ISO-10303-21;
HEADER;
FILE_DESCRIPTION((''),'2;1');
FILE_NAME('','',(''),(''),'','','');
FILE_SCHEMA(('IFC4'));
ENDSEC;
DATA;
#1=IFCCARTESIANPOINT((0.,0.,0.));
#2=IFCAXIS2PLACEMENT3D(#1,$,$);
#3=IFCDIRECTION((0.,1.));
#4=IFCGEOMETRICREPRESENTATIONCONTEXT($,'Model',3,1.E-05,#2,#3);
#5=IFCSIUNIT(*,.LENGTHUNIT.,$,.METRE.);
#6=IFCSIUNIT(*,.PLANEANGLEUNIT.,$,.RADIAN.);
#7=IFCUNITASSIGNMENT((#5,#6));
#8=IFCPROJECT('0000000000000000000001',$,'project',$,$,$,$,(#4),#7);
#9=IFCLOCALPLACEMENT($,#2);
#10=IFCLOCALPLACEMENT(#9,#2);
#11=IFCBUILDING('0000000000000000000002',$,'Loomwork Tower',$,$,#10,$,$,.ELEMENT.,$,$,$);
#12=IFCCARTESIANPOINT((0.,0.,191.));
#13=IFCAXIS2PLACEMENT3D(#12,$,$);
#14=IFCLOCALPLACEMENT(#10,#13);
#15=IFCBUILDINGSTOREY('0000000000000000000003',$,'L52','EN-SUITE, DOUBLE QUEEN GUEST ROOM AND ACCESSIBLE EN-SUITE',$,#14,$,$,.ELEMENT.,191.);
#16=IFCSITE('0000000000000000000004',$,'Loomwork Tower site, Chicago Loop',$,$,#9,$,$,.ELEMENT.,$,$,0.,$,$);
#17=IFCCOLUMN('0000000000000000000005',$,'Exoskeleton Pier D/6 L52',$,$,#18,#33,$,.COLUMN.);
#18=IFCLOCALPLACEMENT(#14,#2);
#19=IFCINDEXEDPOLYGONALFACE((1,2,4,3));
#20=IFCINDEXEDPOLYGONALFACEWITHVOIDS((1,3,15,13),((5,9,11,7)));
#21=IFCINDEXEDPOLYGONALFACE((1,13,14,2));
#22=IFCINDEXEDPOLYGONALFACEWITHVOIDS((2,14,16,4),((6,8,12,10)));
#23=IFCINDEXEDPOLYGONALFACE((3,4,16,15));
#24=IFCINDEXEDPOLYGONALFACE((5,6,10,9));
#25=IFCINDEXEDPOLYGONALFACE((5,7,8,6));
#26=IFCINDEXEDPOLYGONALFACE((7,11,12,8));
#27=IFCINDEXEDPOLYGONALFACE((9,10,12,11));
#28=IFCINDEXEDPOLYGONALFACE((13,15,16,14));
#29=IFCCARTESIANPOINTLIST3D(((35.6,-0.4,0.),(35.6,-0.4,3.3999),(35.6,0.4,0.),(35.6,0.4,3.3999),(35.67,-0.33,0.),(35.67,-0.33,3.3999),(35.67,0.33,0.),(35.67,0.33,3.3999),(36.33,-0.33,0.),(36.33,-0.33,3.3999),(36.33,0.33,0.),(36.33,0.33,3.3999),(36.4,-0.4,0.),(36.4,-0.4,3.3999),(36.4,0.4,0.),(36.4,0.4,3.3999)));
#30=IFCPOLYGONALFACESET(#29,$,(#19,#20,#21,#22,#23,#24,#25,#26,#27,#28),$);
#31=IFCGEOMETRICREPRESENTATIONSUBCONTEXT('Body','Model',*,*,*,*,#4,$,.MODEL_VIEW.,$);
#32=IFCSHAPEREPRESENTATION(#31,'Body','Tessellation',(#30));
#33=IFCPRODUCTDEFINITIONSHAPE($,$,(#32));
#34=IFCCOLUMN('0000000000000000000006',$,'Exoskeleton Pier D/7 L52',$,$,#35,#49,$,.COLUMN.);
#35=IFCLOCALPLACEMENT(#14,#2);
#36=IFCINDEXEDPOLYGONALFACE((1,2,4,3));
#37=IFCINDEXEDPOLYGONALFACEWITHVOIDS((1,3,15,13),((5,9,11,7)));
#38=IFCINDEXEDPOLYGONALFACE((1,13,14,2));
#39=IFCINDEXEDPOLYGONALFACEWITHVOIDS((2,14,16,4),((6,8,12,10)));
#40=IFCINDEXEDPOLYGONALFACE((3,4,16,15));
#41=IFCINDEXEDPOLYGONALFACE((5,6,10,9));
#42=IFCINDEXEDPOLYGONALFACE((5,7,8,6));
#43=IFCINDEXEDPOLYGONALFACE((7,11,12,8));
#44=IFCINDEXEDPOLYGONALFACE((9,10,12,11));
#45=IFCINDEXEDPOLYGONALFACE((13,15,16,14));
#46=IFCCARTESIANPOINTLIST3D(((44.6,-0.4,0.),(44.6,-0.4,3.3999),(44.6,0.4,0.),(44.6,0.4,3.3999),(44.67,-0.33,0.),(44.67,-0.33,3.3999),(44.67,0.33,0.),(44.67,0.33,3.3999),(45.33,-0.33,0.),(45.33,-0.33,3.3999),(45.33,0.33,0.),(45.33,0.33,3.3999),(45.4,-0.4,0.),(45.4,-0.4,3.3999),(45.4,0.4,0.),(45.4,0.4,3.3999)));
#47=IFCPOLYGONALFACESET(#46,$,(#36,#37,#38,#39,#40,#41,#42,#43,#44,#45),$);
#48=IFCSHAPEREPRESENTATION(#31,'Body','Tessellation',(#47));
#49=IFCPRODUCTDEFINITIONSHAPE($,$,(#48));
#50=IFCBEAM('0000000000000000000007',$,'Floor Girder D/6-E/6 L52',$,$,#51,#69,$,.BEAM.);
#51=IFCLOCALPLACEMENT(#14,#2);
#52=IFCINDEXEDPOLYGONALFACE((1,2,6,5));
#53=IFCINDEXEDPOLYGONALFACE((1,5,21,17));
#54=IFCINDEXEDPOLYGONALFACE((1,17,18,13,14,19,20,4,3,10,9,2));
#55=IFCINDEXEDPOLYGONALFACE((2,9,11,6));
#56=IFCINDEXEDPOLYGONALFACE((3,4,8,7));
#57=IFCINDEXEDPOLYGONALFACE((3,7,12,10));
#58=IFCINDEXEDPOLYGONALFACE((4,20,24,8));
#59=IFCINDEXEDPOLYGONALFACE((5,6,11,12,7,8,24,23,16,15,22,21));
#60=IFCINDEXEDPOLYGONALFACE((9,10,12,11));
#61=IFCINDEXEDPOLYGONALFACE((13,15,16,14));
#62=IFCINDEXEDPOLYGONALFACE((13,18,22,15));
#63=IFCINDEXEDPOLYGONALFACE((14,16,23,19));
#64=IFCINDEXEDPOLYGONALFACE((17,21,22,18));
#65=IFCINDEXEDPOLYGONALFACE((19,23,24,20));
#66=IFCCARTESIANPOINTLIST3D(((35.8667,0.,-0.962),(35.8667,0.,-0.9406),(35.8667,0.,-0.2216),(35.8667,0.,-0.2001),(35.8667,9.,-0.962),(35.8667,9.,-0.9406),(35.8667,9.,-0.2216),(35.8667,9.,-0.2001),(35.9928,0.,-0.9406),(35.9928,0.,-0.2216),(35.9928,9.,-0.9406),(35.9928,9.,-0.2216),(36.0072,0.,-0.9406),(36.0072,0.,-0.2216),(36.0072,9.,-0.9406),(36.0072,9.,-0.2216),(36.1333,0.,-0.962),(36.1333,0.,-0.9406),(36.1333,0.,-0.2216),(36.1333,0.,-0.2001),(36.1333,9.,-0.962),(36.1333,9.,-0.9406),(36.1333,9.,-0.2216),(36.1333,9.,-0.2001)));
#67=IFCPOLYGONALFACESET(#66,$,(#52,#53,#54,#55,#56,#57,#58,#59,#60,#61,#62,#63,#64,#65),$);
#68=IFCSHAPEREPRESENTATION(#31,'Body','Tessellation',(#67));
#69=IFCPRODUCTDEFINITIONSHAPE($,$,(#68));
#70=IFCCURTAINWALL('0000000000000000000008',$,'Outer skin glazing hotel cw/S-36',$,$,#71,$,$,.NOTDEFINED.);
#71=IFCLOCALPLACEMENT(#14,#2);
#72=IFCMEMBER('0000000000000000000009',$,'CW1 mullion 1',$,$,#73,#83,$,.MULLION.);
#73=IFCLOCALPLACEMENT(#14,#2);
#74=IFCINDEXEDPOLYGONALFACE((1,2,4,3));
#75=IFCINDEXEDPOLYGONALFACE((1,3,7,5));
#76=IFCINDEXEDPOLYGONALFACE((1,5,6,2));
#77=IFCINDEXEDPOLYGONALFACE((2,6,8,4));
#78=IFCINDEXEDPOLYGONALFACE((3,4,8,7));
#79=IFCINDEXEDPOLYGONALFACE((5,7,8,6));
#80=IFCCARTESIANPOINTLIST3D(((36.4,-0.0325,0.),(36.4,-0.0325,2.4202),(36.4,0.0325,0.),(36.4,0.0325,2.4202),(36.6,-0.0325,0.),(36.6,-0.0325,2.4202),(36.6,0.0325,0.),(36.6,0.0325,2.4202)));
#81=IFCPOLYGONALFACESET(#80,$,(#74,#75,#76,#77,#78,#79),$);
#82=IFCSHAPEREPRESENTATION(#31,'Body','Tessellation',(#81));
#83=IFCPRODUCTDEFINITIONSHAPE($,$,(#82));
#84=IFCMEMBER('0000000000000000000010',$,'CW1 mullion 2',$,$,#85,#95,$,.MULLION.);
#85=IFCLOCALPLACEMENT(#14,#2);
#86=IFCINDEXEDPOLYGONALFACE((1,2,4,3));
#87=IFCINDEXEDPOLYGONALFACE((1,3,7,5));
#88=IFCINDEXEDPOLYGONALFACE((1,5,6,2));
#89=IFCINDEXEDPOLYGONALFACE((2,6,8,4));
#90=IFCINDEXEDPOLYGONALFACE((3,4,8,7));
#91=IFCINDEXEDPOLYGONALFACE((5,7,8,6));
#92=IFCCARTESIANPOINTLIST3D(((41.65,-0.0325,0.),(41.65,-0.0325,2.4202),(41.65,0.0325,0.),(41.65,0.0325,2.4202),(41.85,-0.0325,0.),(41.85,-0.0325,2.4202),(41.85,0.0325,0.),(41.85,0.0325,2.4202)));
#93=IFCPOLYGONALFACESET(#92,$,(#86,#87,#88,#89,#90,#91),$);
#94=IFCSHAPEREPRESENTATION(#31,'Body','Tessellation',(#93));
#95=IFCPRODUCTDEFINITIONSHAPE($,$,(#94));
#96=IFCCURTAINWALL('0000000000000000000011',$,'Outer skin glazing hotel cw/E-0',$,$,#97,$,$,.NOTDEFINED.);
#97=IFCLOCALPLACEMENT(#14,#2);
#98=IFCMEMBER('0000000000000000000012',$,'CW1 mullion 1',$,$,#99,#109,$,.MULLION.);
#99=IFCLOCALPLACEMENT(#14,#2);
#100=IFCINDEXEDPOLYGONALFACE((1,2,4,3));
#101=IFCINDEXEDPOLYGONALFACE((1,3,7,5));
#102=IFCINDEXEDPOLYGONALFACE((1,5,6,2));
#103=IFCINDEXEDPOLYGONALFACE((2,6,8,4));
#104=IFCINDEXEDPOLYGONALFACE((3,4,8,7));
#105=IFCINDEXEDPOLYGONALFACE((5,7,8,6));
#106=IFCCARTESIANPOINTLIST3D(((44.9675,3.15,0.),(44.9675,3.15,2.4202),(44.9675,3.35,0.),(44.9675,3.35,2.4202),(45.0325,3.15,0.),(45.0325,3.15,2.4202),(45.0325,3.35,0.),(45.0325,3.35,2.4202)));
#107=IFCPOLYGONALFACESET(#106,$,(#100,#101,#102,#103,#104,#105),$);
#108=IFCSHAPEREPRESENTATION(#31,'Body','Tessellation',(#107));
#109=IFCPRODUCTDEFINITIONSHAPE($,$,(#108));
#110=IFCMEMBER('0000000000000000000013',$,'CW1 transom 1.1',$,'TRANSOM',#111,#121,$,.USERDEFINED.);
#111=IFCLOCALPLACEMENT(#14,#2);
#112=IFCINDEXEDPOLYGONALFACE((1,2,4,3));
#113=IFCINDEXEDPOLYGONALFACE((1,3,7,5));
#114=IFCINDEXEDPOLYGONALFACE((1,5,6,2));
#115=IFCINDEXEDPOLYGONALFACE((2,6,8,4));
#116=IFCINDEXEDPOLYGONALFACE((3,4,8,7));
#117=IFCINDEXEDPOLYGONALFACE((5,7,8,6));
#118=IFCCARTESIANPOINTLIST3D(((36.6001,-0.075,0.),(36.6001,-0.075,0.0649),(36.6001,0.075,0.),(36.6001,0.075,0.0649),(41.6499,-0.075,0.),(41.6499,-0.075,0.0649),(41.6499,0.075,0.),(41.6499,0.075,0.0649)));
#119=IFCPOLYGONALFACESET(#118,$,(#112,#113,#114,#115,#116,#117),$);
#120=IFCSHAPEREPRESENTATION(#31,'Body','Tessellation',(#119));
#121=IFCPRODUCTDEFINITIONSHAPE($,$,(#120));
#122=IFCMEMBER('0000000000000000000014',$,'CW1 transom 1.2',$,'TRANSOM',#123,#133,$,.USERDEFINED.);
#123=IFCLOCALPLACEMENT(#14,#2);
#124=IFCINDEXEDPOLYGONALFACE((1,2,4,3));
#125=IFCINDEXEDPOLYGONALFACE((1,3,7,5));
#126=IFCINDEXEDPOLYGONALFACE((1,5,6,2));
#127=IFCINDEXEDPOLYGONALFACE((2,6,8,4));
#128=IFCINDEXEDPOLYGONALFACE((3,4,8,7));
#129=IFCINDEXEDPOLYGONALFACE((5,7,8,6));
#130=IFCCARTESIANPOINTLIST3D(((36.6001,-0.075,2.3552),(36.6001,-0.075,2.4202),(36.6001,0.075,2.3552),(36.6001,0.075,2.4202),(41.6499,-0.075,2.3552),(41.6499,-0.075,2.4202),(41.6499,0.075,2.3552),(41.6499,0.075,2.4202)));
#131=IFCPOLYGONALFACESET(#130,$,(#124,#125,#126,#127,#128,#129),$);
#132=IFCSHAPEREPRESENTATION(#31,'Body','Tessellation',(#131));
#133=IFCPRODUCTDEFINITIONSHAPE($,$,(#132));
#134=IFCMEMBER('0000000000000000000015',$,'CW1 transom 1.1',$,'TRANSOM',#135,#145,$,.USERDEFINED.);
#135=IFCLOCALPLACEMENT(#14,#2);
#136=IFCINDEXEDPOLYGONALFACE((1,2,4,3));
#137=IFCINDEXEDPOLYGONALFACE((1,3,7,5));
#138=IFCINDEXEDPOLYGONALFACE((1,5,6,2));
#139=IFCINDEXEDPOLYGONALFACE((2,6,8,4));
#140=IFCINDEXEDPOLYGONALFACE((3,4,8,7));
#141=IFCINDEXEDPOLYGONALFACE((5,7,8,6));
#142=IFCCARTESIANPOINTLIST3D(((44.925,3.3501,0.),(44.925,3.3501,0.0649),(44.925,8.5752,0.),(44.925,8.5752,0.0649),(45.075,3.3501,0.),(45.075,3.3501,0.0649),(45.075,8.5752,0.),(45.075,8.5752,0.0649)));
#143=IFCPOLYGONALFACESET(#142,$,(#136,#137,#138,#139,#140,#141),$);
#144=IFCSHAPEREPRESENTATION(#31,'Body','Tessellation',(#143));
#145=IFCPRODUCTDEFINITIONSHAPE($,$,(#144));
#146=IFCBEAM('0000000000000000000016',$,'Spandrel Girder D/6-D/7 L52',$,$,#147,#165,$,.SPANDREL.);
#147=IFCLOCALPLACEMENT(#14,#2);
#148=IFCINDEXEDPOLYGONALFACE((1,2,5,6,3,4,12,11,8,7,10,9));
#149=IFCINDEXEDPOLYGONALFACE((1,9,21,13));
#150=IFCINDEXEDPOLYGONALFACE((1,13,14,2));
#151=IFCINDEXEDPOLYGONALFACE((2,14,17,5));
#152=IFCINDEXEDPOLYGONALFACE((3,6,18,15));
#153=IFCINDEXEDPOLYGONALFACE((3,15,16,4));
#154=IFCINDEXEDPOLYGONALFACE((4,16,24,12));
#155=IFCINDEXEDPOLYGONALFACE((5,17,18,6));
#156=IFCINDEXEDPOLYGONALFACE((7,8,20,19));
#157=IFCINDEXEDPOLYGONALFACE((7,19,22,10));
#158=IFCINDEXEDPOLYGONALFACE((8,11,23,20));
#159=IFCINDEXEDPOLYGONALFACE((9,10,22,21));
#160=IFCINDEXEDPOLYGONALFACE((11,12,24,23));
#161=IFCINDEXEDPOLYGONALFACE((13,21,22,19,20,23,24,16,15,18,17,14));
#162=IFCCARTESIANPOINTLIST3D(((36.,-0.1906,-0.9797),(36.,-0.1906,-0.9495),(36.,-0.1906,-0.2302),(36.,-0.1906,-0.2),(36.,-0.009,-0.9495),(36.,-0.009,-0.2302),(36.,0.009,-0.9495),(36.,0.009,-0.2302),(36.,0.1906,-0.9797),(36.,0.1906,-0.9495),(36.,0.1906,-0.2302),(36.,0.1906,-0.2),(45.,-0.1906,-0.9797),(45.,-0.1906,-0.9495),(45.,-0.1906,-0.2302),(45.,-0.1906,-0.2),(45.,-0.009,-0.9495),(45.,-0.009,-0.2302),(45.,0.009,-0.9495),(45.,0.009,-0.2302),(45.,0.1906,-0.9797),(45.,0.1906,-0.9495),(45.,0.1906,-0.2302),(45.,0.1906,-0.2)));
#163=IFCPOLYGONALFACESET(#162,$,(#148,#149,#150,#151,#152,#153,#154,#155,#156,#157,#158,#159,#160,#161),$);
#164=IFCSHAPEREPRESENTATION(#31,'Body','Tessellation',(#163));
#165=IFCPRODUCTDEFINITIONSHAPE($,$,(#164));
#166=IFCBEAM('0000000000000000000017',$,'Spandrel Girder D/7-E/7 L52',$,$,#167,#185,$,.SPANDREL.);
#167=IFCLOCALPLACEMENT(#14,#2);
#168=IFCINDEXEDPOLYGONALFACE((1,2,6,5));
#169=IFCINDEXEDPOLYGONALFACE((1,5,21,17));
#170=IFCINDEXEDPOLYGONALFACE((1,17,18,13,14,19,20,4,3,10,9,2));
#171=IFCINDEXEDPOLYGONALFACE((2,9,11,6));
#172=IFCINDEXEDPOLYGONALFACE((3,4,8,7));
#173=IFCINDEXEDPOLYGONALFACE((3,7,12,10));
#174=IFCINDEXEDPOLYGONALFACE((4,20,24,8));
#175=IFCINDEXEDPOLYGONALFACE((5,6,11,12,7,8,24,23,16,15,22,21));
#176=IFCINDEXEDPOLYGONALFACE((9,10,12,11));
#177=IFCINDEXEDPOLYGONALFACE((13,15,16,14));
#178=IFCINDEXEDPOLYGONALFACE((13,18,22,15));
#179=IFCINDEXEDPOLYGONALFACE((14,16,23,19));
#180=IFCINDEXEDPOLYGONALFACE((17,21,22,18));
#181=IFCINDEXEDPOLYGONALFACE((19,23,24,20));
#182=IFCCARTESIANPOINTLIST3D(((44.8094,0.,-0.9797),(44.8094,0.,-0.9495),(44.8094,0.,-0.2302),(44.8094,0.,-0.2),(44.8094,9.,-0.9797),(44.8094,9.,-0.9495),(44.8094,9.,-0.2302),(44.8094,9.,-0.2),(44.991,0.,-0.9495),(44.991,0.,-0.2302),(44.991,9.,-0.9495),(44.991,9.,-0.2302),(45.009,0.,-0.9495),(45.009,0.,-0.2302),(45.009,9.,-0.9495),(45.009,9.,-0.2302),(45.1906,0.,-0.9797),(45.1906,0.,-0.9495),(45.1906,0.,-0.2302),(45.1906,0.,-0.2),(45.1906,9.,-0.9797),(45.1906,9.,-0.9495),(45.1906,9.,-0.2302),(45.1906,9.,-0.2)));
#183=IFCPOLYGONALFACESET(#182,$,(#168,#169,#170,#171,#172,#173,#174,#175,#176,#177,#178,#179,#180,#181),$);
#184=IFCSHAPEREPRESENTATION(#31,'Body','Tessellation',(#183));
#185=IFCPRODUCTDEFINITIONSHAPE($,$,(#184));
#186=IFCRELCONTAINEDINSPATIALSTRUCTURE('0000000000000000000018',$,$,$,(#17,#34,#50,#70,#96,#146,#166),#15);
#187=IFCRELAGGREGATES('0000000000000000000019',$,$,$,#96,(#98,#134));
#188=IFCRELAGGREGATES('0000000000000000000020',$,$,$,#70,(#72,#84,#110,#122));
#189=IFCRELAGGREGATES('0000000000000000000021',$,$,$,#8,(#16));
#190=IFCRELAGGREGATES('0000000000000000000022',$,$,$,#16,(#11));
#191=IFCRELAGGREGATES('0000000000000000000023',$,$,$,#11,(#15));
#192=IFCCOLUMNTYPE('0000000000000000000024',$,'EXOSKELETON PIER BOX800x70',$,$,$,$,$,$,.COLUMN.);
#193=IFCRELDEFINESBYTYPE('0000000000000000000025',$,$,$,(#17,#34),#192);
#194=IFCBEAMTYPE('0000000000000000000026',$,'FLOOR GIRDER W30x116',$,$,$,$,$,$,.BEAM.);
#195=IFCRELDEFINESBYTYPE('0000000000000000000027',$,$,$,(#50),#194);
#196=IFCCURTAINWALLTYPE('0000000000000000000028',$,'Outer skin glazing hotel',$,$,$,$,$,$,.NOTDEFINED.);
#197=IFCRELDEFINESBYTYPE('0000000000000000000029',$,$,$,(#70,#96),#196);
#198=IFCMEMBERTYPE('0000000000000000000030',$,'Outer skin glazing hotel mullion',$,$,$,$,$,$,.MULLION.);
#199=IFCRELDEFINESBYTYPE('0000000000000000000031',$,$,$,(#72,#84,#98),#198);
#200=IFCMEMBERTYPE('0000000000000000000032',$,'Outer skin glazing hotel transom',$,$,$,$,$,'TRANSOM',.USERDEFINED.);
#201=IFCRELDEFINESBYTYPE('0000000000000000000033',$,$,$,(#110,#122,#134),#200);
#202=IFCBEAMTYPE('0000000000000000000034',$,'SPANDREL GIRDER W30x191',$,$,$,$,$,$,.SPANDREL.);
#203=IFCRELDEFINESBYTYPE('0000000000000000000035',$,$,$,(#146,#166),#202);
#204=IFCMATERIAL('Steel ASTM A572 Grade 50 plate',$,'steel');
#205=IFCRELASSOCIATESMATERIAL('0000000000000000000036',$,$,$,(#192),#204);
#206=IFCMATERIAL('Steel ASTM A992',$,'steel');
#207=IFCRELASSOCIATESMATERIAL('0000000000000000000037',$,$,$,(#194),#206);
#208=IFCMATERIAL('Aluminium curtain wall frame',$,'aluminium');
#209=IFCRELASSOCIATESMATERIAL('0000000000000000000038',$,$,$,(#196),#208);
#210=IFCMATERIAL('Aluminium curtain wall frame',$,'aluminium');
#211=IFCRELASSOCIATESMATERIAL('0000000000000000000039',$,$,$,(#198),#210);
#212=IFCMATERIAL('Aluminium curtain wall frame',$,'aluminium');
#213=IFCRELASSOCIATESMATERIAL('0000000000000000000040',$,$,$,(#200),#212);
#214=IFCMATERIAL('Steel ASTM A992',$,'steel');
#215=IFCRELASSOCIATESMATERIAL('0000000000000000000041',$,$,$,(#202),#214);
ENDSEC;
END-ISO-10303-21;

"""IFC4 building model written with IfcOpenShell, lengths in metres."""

from ifc_helpers import new_model, si_unit, direction, frame, origin, origin_2d, place, context, subcontext, project, spatial, rectangle, hollow_rectangle, i_section, extrude, material, material_profile, profile_set, type_object, element, aggregate, save


model = new_model("IFC4")

# Units and contexts
model_context = context("Model", 3, precision=1e-05, world=origin(), true_north=direction((0.0, 1.0)))
body_context = subcontext(model_context, "Body", "Model", "MODEL_VIEW")
ifc_project = project(units=[si_unit("LENGTHUNIT", "METRE"), si_unit("PLANEANGLEUNIT", "RADIAN")], contexts=[model_context])

# Site, building, storey
site_placement = place(None, origin())
site = spatial("IfcSite", under=ifc_project, at=site_placement, Name="Loomwork Tower site, Chicago Loop", CompositionType="ELEMENT", RefElevation=0.0)
building_placement = place(site_placement, origin())
building = spatial("IfcBuilding", under=site, at=building_placement, Name="Loomwork Tower", CompositionType="ELEMENT")
storey_placement = place(building_placement, frame((0.0, 0.0, 191.0)))
storey = spatial("IfcBuildingStorey", under=building, at=storey_placement, Name="L52", Description="EN-SUITE, DOUBLE QUEEN GUEST ROOM AND ACCESSIBLE EN-SUITE", CompositionType="ELEMENT", Elevation=191.0)

# Columns
ifc_material_1 = material(Name="Steel ASTM A572 Grade 50 plate", Category="steel")
ifc_material_profile_1 = material_profile(ifc_material_1, hollow_rectangle(XDim=0.8, YDim=0.8, WallThickness=0.0701, at=origin_2d()), Name="BOX800x70")
ifc_profile_set_1 = profile_set([ifc_material_profile_1], Name="Steel ASTM A572 Grade 50 plate")
column_type = type_object("IfcColumnType", Name="EXOSKELETON PIER BOX800x70", PredefinedType="COLUMN", material=ifc_profile_set_1)
for number, where, z_axis, x_axis, name in (
    (1, (36.0, 0.0, 0.0), (0.0, 0.0, 1.0), (1.0, 0.0, 0.0), "Exoskeleton Pier D/6 L52"),
    (2, (45.0, 0.0, 0.0), (0.0, 0.0, 1.0), (1.0, 0.0, 0.0), "Exoskeleton Pier D/7 L52"),
):
    element("IfcColumn", number, at=place(storey_placement, frame(where, z_axis=z_axis, x_axis=x_axis)), inside=storey, type_object=column_type, Name=name, PredefinedType="COLUMN", context=body_context, shape_type="SweptSolid", body=[
        extrude(hollow_rectangle(XDim=0.8, YDim=0.8, WallThickness=0.0701, at=origin_2d()), origin(), (0.0, 0.0, 1.0), 3.3999),
    ])

# Beam
ifc_material_2 = material(Name="Steel ASTM A992", Category="steel")
ifc_material_profile_2 = material_profile(ifc_material_2, i_section(OverallWidth=0.2666, OverallDepth=0.762, WebThickness=0.0144, FlangeThickness=0.0215, at=origin_2d()), Name="W30x116")
ifc_profile_set_2 = profile_set([ifc_material_profile_2], Name="Steel ASTM A992")
beam_type_1 = type_object("IfcBeamType", Name="FLOOR GIRDER W30x116", PredefinedType="BEAM", material=ifc_profile_set_2)
beam_placement = place(storey_placement, frame((36.0, 0.0, -0.5811), z_axis=(0.0, 1.0, 0.0), x_axis=(-1.0, 0.0, 0.0)))
element("IfcBeam", 3, at=beam_placement, inside=storey, type_object=beam_type_1, Name="Floor Girder D/6-E/6 L52", PredefinedType="BEAM", context=body_context, shape_type="SweptSolid", body=[
    extrude(i_section(OverallWidth=0.2666, OverallDepth=0.762, WebThickness=0.0144, FlangeThickness=0.0215, at=origin_2d()), origin(), (0.0, 0.0, 1.0), 9.0),
])

# Curtain wall, members
ifc_material_3 = material(Name="Aluminium curtain wall frame", Category="aluminium")
curtain_wall_type = type_object("IfcCurtainWallType", Name="Outer skin glazing hotel", PredefinedType="NOTDEFINED", material=ifc_material_3)
curtain_wall_1_placement = place(storey_placement, origin())
curtain_wall_1 = element("IfcCurtainWall", 4, at=curtain_wall_1_placement, inside=storey, type_object=curtain_wall_type, Name="Outer skin glazing hotel cw/S-36", PredefinedType="NOTDEFINED")
ifc_material_4 = material(Name="Aluminium curtain wall frame", Category="aluminium")
ifc_material_profile_3 = material_profile(ifc_material_4, rectangle(XDim=0.0649, YDim=0.2, at=origin_2d()), Name="AL 65x200")
ifc_profile_set_3 = profile_set([ifc_material_profile_3], Name="Aluminium curtain wall frame")
member_type_1 = type_object("IfcMemberType", Name="Outer skin glazing hotel mullion", PredefinedType="MULLION", material=ifc_profile_set_3)
member_1_placement = place(storey_placement, frame((36.5, 0.0, 0.0), z_axis=(0.0, 0.0, 1.0), x_axis=(0.0, 1.0, 0.0)))
member_1 = element("IfcMember", 5, at=member_1_placement, type_object=member_type_1, Name="CW1 mullion 1", PredefinedType="MULLION", context=body_context, shape_type="SweptSolid", body=[
    extrude(rectangle(XDim=0.0649, YDim=0.2, at=origin_2d()), origin(), (0.0, 0.0, 1.0), 2.4202),
])
member_2_placement = place(storey_placement, frame((41.75, 0.0, 0.0), z_axis=(0.0, 0.0, 1.0), x_axis=(0.0, 1.0, 0.0)))
member_2 = element("IfcMember", 6, at=member_2_placement, type_object=member_type_1, Name="CW1 mullion 2", PredefinedType="MULLION", context=body_context, shape_type="SweptSolid", body=[
    extrude(rectangle(XDim=0.0649, YDim=0.2, at=origin_2d()), origin(), (0.0, 0.0, 1.0), 2.4202),
])

# Curtain wall, member
curtain_wall_2_placement = place(storey_placement, origin())
curtain_wall_2 = element("IfcCurtainWall", 7, at=curtain_wall_2_placement, inside=storey, type_object=curtain_wall_type, Name="Outer skin glazing hotel cw/E-0", PredefinedType="NOTDEFINED")
member_3_placement = place(storey_placement, frame((45.0, 3.25, 0.0), z_axis=(0.0, 0.0, 1.0), x_axis=(-1.0, 0.0, 0.0)))
member_3 = element("IfcMember", 8, at=member_3_placement, type_object=member_type_1, Name="CW1 mullion 1", PredefinedType="MULLION", context=body_context, shape_type="SweptSolid", body=[
    extrude(rectangle(XDim=0.0649, YDim=0.2, at=origin_2d()), origin(), (0.0, 0.0, 1.0), 2.4202),
])

# Members
ifc_material_5 = material(Name="Aluminium curtain wall frame", Category="aluminium")
ifc_material_profile_4 = material_profile(ifc_material_5, rectangle(XDim=0.1499, YDim=0.0649, at=origin_2d()), Name="AL 65x150")
ifc_profile_set_4 = profile_set([ifc_material_profile_4], Name="Aluminium curtain wall frame")
member_type_2 = type_object("IfcMemberType", Name="Outer skin glazing hotel transom", ElementType="TRANSOM", PredefinedType="USERDEFINED", material=ifc_profile_set_4)
member_4_placement = place(storey_placement, frame((36.6001, 0.0, 0.0325), z_axis=(1.0, 0.0, 0.0), x_axis=(0.0, 1.0, 0.0)))
member_4 = element("IfcMember", 9, at=member_4_placement, type_object=member_type_2, Name="CW1 transom 1.1", ObjectType="TRANSOM", PredefinedType="USERDEFINED", context=body_context, shape_type="SweptSolid", body=[
    extrude(rectangle(XDim=0.1499, YDim=0.0649, at=origin_2d()), origin(), (0.0, 0.0, 1.0), 5.0498),
])
member_5_placement = place(storey_placement, frame((36.6001, 0.0, 2.3877), z_axis=(1.0, 0.0, 0.0), x_axis=(0.0, 1.0, 0.0)))
member_5 = element("IfcMember", 10, at=member_5_placement, type_object=member_type_2, Name="CW1 transom 1.2", ObjectType="TRANSOM", PredefinedType="USERDEFINED", context=body_context, shape_type="SweptSolid", body=[
    extrude(rectangle(XDim=0.1499, YDim=0.0649, at=origin_2d()), origin(), (0.0, 0.0, 1.0), 5.0498),
])
member_6_placement = place(storey_placement, frame((45.0, 3.3501, 0.0325), z_axis=(0.0, 1.0, 0.0), x_axis=(-1.0, 0.0, 0.0)))
member_6 = element("IfcMember", 11, at=member_6_placement, type_object=member_type_2, Name="CW1 transom 1.1", ObjectType="TRANSOM", PredefinedType="USERDEFINED", context=body_context, shape_type="SweptSolid", body=[
    extrude(rectangle(XDim=0.1499, YDim=0.0649, at=origin_2d()), origin(), (0.0, 0.0, 1.0), 5.2251),
])
aggregate(curtain_wall_2, [member_3, member_6])

# Beams
ifc_material_6 = material(Name="Steel ASTM A992", Category="steel")
ifc_material_profile_5 = material_profile(ifc_material_6, i_section(OverallWidth=0.3811, OverallDepth=0.7798, WebThickness=0.0181, FlangeThickness=0.0303, at=origin_2d()), Name="W30x191")
ifc_profile_set_5 = profile_set([ifc_material_profile_5], Name="Steel ASTM A992")
beam_type_2 = type_object("IfcBeamType", Name="SPANDREL GIRDER W30x191", PredefinedType="SPANDREL", material=ifc_profile_set_5)
for number, where, z_axis, x_axis, name in (
    (12, (36.0, 0.0, -0.5898), (1.0, 0.0, 0.0), (0.0, 1.0, 0.0), "Spandrel Girder D/6-D/7 L52"),
    (13, (45.0, 0.0, -0.5898), (0.0, 1.0, 0.0), (-1.0, 0.0, 0.0), "Spandrel Girder D/7-E/7 L52"),
):
    element("IfcBeam", number, at=place(storey_placement, frame(where, z_axis=z_axis, x_axis=x_axis)), inside=storey, type_object=beam_type_2, Name=name, PredefinedType="SPANDREL", context=body_context, shape_type="SweptSolid", body=[
        extrude(i_section(OverallWidth=0.3811, OverallDepth=0.7798, WebThickness=0.0181, FlangeThickness=0.0303, at=origin_2d()), origin(), (0.0, 0.0, 1.0), 9.0),
    ])

aggregate(curtain_wall_1, [member_1, member_2, member_4, member_5])

save(model, "model.ifc")
